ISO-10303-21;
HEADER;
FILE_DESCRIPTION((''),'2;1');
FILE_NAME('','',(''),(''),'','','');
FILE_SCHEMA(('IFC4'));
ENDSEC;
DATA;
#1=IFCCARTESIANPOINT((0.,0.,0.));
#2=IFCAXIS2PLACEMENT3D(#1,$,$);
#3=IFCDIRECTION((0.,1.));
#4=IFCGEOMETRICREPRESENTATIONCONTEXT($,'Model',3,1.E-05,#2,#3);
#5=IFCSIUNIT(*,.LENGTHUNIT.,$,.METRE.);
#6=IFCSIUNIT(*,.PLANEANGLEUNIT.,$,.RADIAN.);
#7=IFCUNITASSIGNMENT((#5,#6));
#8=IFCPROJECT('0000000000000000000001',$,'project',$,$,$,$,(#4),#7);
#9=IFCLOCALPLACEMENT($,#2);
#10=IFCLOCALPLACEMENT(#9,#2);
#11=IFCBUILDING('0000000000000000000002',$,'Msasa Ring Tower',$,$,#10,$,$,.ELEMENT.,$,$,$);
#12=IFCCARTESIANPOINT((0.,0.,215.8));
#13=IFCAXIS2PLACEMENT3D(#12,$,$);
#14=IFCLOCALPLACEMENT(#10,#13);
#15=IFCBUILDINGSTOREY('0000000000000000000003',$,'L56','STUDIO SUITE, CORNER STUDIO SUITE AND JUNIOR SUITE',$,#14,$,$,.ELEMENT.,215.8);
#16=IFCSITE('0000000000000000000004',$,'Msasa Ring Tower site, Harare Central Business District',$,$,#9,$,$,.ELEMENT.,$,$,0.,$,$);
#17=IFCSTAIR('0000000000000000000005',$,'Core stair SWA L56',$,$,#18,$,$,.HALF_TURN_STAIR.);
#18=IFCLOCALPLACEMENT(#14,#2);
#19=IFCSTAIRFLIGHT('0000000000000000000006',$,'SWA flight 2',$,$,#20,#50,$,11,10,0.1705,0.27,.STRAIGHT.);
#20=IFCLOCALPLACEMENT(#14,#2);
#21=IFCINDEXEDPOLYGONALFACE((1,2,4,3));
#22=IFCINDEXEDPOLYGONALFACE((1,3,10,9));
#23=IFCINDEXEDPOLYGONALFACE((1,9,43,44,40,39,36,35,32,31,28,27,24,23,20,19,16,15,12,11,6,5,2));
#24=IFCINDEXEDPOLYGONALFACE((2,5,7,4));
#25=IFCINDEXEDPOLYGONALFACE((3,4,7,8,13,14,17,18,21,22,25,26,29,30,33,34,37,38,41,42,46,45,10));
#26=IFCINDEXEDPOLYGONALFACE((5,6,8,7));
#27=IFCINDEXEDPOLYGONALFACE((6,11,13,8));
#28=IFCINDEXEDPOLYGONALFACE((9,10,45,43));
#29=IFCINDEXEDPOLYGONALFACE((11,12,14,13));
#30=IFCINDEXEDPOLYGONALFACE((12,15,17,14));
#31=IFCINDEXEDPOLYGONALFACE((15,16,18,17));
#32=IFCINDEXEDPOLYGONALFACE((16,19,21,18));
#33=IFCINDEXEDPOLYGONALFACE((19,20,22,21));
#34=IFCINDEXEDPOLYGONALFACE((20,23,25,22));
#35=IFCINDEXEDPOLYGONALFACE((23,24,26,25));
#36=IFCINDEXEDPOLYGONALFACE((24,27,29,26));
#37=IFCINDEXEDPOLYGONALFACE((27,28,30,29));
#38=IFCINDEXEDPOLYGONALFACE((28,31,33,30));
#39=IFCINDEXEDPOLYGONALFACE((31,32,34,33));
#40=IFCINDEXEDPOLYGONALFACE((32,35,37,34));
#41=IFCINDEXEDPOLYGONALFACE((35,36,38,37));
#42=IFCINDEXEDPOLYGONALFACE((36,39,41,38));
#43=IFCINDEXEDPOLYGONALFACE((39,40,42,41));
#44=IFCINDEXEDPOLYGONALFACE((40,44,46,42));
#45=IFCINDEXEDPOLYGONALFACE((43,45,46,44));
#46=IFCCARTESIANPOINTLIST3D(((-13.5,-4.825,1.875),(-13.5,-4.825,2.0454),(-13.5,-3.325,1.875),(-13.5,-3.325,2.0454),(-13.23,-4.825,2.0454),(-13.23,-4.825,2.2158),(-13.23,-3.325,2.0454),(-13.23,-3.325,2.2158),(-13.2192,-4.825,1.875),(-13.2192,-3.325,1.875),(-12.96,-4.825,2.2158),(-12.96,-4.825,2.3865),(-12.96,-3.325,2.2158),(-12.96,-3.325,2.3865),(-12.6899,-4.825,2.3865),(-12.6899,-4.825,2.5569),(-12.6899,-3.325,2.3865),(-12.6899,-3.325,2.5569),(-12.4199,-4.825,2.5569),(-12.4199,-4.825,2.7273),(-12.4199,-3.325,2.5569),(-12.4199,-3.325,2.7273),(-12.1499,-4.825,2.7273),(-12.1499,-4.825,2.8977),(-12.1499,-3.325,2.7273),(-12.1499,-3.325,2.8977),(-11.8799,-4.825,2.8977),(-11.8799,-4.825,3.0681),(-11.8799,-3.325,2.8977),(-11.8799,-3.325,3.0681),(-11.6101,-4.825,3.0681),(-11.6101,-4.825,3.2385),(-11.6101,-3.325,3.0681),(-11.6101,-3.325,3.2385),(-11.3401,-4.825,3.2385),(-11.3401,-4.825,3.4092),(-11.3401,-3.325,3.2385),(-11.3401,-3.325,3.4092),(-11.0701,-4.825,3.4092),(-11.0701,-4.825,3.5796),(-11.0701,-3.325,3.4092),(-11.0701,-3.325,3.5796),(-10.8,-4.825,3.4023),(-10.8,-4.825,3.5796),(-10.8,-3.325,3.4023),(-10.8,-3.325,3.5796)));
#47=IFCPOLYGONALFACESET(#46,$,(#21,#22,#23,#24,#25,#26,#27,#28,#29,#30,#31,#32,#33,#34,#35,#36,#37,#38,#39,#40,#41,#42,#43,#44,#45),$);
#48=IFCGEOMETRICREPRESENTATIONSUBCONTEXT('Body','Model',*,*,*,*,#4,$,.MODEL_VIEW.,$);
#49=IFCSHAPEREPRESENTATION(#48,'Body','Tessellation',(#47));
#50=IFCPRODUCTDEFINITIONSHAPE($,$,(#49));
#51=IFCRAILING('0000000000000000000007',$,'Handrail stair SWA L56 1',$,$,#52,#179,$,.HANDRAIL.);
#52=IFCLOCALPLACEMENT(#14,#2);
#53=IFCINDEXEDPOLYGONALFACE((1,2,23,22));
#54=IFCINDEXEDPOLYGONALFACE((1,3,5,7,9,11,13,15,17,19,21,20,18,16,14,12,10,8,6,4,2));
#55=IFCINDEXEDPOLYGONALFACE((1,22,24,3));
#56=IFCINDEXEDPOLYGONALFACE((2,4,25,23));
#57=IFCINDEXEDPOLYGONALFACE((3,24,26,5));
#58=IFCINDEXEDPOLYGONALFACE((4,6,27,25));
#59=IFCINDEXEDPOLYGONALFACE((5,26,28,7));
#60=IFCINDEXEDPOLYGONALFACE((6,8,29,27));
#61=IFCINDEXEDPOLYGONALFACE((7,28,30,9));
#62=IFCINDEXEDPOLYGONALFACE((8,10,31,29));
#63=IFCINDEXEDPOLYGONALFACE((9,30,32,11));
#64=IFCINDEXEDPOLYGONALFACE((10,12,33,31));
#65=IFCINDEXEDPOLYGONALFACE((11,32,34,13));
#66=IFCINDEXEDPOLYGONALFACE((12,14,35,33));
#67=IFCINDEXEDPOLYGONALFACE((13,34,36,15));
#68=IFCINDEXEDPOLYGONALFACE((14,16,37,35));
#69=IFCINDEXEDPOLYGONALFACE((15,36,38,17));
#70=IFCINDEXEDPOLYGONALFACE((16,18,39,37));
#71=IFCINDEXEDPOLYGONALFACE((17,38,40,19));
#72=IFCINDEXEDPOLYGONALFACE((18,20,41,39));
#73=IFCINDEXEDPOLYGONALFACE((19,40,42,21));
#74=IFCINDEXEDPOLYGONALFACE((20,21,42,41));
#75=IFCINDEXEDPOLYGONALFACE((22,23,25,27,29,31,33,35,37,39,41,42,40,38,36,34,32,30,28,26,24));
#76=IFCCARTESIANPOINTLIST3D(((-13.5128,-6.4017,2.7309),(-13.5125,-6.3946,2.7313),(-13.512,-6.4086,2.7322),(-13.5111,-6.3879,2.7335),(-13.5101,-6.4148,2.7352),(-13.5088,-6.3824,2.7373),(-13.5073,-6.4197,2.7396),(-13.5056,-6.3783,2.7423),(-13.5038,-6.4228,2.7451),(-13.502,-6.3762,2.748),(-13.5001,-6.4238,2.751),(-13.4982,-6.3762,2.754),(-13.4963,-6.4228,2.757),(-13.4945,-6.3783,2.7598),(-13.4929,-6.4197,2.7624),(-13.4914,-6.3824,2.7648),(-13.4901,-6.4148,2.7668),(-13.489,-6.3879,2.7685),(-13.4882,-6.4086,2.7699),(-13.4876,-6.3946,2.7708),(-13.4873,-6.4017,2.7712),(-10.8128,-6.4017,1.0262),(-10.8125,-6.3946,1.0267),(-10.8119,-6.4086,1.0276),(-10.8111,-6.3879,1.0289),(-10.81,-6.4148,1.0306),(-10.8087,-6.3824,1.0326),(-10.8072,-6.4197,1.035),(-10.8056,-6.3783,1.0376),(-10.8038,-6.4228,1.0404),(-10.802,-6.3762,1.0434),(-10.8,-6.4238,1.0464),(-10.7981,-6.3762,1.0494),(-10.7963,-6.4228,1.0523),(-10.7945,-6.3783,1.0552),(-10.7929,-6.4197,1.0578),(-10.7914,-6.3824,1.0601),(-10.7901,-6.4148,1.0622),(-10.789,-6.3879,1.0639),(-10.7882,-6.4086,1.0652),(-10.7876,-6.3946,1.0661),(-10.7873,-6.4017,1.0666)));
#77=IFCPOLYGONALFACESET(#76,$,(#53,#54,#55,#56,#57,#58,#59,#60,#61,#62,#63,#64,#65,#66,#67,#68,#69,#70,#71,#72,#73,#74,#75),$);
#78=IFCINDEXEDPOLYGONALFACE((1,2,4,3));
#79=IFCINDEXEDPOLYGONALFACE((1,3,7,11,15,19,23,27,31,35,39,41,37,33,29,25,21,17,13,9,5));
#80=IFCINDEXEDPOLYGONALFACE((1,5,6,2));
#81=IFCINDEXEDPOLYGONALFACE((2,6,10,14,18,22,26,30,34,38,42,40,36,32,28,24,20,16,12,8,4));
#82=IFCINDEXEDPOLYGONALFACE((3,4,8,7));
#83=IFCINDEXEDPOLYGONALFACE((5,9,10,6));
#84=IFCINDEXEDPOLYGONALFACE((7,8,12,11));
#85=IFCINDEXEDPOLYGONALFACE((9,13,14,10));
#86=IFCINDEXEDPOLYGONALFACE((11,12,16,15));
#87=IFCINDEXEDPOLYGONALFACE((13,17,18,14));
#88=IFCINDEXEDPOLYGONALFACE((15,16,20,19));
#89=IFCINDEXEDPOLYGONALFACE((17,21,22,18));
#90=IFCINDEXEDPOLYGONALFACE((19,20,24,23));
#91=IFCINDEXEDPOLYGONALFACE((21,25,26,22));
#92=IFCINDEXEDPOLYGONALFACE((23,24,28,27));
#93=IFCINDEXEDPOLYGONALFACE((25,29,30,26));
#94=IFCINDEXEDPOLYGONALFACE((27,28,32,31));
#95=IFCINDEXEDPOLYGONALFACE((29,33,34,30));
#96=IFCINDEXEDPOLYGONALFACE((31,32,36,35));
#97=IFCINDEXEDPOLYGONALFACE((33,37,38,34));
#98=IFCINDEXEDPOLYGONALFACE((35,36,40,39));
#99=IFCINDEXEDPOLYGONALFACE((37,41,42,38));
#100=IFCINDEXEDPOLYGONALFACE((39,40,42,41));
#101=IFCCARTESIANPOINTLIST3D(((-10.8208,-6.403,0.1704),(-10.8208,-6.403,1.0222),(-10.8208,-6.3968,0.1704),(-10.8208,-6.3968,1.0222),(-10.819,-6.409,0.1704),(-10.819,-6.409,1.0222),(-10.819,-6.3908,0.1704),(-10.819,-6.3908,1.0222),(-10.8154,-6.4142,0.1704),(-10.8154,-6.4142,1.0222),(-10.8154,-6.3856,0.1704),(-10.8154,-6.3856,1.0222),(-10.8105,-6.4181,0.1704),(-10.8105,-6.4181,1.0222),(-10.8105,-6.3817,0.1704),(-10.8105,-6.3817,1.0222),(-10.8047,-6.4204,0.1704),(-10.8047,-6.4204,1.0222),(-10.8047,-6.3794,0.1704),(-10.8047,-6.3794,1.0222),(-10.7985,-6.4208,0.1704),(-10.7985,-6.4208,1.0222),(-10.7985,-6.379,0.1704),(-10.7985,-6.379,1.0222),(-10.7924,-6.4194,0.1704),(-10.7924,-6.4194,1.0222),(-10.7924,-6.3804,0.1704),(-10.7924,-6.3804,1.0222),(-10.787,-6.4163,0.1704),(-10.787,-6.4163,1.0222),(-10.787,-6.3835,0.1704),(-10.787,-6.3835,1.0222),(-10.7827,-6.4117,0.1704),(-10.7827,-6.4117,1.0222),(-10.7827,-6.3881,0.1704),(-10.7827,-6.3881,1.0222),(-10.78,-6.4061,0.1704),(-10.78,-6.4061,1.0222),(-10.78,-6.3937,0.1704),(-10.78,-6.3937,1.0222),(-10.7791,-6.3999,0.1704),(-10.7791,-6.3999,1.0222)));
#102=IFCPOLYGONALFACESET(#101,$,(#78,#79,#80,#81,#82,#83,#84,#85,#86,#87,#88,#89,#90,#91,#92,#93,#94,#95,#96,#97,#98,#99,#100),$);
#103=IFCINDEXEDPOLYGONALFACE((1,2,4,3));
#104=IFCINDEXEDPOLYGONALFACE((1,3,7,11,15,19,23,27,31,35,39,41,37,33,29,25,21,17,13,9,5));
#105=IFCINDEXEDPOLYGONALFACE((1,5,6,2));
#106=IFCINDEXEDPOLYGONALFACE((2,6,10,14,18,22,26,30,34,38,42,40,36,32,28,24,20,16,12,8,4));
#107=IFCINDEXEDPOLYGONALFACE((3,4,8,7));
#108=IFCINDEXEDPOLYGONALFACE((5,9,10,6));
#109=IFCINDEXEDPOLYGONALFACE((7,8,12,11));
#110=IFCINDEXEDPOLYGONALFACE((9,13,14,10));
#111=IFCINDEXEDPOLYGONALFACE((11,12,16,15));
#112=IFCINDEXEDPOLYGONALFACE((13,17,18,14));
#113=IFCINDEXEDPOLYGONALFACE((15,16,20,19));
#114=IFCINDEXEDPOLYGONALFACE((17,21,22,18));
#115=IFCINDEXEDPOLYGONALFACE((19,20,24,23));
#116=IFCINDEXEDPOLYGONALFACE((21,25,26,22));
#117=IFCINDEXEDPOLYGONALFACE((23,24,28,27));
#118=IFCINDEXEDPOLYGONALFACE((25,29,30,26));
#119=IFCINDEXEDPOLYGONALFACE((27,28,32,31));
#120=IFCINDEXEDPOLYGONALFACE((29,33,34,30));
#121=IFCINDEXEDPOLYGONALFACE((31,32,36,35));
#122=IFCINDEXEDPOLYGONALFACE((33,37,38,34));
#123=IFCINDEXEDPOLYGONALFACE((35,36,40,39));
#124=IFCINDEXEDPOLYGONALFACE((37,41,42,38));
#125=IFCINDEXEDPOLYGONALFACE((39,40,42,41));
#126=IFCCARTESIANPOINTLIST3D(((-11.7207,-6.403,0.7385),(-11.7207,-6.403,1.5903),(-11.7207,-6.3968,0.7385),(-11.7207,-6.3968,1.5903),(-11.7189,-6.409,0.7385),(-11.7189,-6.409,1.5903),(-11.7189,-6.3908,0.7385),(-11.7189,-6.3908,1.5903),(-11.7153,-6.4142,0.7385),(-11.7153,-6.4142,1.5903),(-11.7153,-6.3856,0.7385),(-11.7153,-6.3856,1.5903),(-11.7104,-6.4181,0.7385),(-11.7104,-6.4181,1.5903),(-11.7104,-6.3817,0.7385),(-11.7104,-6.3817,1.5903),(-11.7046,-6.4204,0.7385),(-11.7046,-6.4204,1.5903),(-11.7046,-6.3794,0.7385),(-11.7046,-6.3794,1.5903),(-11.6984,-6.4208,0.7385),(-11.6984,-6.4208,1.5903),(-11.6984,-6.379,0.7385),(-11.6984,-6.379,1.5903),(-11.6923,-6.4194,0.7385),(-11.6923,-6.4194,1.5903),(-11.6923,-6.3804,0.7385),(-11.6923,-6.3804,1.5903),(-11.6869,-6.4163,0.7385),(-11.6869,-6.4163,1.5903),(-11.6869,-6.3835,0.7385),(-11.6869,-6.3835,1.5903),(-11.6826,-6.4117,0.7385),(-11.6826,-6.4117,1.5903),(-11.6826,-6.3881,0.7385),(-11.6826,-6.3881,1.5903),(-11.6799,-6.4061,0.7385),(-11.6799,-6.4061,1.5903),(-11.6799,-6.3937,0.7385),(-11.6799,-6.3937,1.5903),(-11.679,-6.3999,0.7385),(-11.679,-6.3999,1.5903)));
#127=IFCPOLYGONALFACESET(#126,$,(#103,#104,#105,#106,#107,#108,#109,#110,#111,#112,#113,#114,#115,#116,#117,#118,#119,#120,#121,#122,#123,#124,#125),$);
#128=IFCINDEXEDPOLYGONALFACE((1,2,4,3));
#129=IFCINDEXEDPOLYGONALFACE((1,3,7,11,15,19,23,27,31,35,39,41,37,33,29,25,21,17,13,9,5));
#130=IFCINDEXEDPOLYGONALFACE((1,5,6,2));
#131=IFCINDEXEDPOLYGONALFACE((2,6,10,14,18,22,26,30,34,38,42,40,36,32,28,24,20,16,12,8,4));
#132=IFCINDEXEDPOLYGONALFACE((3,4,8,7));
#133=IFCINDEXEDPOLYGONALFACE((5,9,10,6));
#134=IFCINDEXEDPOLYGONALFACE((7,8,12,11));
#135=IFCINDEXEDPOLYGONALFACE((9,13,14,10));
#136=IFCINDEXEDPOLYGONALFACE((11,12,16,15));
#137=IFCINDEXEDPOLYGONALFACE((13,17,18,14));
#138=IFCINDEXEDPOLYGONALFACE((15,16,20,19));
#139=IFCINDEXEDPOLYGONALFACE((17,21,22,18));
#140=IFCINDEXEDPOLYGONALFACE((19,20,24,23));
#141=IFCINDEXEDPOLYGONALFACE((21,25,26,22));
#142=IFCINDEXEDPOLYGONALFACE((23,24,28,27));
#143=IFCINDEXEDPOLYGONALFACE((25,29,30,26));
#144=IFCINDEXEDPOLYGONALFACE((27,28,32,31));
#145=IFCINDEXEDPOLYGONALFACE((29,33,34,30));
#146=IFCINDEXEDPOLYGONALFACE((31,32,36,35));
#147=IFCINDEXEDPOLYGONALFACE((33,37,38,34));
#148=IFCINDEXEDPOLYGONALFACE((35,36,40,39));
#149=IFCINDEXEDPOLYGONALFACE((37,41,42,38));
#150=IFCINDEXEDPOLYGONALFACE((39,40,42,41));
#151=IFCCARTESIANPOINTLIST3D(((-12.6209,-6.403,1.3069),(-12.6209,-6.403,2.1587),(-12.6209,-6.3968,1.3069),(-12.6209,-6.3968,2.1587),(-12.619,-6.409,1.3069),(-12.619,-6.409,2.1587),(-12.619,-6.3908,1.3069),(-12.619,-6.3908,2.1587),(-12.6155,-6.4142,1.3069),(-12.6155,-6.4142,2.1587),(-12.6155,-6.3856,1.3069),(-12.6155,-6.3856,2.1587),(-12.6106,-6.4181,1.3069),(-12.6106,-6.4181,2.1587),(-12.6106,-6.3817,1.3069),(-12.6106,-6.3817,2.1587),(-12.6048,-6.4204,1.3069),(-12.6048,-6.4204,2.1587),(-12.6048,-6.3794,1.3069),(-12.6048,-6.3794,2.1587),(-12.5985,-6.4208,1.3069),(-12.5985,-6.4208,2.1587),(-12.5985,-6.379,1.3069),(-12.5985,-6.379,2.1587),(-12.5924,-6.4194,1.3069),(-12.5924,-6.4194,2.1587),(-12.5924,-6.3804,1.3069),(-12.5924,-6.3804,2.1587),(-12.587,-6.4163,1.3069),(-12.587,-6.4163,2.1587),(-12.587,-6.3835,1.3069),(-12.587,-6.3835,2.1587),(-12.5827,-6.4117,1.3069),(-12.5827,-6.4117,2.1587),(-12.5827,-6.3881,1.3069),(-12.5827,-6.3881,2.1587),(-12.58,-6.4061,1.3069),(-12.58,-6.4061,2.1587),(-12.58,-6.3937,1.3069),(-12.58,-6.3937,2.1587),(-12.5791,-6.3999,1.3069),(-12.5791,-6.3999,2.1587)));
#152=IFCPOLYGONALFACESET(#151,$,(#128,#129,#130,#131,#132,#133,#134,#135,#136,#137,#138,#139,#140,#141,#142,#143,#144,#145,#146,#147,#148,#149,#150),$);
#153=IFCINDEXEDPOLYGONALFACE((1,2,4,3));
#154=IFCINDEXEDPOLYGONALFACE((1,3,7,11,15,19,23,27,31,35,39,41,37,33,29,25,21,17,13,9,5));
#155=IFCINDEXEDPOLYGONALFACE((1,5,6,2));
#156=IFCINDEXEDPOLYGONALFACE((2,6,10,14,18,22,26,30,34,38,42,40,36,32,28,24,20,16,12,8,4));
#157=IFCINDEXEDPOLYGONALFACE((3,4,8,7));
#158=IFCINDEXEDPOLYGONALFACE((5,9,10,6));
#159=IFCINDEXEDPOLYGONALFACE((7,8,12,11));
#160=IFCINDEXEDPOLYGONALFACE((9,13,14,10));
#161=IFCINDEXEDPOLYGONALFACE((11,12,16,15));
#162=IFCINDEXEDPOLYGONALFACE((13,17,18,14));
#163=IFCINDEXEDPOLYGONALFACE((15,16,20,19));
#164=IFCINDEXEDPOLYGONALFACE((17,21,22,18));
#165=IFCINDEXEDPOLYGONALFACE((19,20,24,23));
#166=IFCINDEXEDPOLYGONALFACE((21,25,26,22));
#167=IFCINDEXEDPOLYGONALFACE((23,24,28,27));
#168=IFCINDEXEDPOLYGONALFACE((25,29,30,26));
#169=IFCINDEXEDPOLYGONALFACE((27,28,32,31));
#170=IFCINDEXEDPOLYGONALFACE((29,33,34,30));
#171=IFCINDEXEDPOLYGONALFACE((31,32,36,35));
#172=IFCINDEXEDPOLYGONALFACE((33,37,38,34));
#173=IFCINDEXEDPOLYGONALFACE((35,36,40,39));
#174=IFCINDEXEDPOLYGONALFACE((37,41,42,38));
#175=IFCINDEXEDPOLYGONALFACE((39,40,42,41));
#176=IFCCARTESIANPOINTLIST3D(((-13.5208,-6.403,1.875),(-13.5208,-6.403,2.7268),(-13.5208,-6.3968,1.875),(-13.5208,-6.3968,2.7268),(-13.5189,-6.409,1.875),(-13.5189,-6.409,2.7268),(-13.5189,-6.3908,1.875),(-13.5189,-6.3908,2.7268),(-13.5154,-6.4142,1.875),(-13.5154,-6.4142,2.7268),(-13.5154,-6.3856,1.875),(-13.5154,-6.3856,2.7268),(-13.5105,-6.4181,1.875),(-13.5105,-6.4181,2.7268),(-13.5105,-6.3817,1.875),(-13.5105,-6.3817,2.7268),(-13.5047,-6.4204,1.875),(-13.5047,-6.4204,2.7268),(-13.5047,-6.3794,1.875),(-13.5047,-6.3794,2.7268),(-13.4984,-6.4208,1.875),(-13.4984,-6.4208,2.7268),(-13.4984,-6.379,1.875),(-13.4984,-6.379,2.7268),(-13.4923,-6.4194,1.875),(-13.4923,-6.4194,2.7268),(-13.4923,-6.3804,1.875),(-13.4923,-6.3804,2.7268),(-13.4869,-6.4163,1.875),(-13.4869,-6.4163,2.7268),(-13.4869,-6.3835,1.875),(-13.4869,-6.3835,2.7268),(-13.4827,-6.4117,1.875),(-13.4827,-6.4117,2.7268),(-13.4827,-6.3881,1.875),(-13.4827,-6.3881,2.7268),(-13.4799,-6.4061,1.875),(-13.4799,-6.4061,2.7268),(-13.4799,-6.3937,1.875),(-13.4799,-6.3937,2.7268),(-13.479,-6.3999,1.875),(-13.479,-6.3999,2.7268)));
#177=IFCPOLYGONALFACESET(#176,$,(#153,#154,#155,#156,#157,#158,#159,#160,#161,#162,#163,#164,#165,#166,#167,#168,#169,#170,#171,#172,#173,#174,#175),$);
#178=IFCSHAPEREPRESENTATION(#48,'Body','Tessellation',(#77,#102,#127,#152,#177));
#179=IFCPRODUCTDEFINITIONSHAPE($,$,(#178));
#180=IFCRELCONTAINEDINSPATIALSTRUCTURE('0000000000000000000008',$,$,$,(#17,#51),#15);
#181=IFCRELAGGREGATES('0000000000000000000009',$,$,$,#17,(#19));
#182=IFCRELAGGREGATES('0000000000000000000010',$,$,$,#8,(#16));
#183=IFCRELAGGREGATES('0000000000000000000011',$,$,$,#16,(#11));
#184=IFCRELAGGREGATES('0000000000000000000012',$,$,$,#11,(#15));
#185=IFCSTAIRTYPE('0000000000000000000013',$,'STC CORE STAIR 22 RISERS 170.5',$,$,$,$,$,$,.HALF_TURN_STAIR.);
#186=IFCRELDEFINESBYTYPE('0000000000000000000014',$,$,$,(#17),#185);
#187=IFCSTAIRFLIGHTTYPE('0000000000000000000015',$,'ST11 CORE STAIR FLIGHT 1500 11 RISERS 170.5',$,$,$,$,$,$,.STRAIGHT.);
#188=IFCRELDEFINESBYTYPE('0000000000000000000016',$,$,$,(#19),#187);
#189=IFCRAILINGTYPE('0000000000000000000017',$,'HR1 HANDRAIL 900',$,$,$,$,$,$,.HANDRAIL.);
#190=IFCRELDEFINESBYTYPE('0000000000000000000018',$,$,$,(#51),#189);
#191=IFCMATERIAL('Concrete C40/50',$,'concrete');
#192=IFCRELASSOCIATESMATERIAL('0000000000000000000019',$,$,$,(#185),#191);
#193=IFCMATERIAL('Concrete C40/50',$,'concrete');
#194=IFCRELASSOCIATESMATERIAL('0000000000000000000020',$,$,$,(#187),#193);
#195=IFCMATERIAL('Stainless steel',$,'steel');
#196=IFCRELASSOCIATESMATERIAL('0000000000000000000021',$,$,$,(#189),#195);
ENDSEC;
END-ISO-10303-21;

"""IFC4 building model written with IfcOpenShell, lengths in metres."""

from ifc_helpers import new_model, si_unit, direction, frame, origin, origin_2d, place, context, subcontext, project, spatial, polyline, circle, outline, extrude, material, type_object, element, aggregate, save


model = new_model("IFC4")

# Units and contexts
model_context = context("Model", 3, precision=1e-05, world=origin(), true_north=direction((0.0, 1.0)))
body_context = subcontext(model_context, "Body", "Model", "MODEL_VIEW")
ifc_project = project(units=[si_unit("LENGTHUNIT", "METRE"), si_unit("PLANEANGLEUNIT", "RADIAN")], contexts=[model_context])

# Site, building, storey
site_placement = place(None, origin())
site = spatial("IfcSite", under=ifc_project, at=site_placement, Name="Msasa Ring Tower site, Harare Central Business District", CompositionType="ELEMENT", RefElevation=0.0)
building_placement = place(site_placement, origin())
building = spatial("IfcBuilding", under=site, at=building_placement, Name="Msasa Ring Tower", CompositionType="ELEMENT")
storey_placement = place(building_placement, frame((0.0, 0.0, 215.8)))
storey = spatial("IfcBuildingStorey", under=building, at=storey_placement, Name="L56", Description="STUDIO SUITE, CORNER STUDIO SUITE AND JUNIOR SUITE", CompositionType="ELEMENT", Elevation=215.8)

# Stair, stair flight
ifc_material_1 = material(Name="Concrete C40/50", Category="concrete")
stair_type = type_object("IfcStairType", Name="STC CORE STAIR 22 RISERS 170.5", PredefinedType="HALF_TURN_STAIR", material=ifc_material_1)
stair_placement = place(storey_placement, origin())
stair = element("IfcStair", 1, at=stair_placement, inside=storey, type_object=stair_type, Name="Core stair SWA L56", PredefinedType="HALF_TURN_STAIR")
ifc_material_2 = material(Name="Concrete C40/50", Category="concrete")
stair_flight_type = type_object("IfcStairFlightType", Name="ST11 CORE STAIR FLIGHT 1500 11 RISERS 170.5", PredefinedType="STRAIGHT", material=ifc_material_2)
stair_flight_1_placement = place(storey_placement, frame((-13.5, -4.075, 1.875), z_axis=(0.0, 0.0, 1.0), x_axis=(1.0, 0.0, 0.0)))
stair_flight_1 = element("IfcStairFlight", 2, at=stair_flight_1_placement, type_object=stair_flight_type, Name="SWA flight 2", NumberOfRisers=11, NumberOfTreads=10, PredefinedType="STRAIGHT", RiserHeight=0.1705, TreadLength=0.27, context=body_context, shape_type="SweptSolid", body=[
    extrude(outline(polyline([(0.0, 0.0), (0.0, 0.1704), (0.27, 0.1704), (0.27, 0.3408), (0.54, 0.3408), (0.54, 0.5115), (0.8101, 0.5115), (0.8101, 0.6819), (1.0801, 0.6819), (1.0801, 0.8523), (1.3501, 0.8523), (1.3501, 1.0227), (1.6201, 1.0227), (1.6201, 1.1931), (1.8899, 1.1931), (1.8899, 1.3635), (2.1599, 1.3635), (2.1599, 1.5342), (2.4299, 1.5342), (2.4299, 1.7046), (2.7, 1.7046), (2.7, 1.875), (2.7, 1.5273), (0.2808, 0.0), (0.0, 0.0)])), frame((0.0, 0.75, 0.0), z_axis=(0.0, -1.0, 0.0), x_axis=(1.0, 0.0, 0.0)), (0.0, 0.0, 1.0), 1.5),
])
aggregate(stair, [stair_flight_1])

# Railing
ifc_material_3 = material(Name="Stainless steel", Category="steel")
railing_type = type_object("IfcRailingType", Name="HR1 HANDRAIL 900", PredefinedType="HANDRAIL", material=ifc_material_3)
for number, where, name in (
    (3, (-10.8, -6.3999, 0.1704), "Handrail stair SWA L56 1"),
):
    element("IfcRailing", number, at=place(storey_placement, frame(where)), inside=storey, type_object=railing_type, Name=name, PredefinedType="HANDRAIL", context=body_context, shape_type="SweptSolid", body=[
        extrude(circle(Radius=0.0239, at=origin_2d()), frame((0.0, 0.0, 0.876), z_axis=(-0.84558, 0.0, 0.533849), x_axis=(0.0, -1.0, 0.0)), (0.0, 0.0, 1.0), 3.1931),
        extrude(circle(Radius=0.021, at=origin_2d()), origin(), (0.0, 0.0, 1.0), 0.8518),
        extrude(circle(Radius=0.021, at=origin_2d()), frame((-0.8999, 0.0, 0.5681)), (0.0, 0.0, 1.0), 0.8518),
        extrude(circle(Radius=0.021, at=origin_2d()), frame((-1.8, 0.0, 1.1365)), (0.0, 0.0, 1.0), 0.8518),
        extrude(circle(Radius=0.021, at=origin_2d()), frame((-2.7, 0.0, 1.7046)), (0.0, 0.0, 1.0), 0.8518),
    ])

save(model, "model.ifc")
